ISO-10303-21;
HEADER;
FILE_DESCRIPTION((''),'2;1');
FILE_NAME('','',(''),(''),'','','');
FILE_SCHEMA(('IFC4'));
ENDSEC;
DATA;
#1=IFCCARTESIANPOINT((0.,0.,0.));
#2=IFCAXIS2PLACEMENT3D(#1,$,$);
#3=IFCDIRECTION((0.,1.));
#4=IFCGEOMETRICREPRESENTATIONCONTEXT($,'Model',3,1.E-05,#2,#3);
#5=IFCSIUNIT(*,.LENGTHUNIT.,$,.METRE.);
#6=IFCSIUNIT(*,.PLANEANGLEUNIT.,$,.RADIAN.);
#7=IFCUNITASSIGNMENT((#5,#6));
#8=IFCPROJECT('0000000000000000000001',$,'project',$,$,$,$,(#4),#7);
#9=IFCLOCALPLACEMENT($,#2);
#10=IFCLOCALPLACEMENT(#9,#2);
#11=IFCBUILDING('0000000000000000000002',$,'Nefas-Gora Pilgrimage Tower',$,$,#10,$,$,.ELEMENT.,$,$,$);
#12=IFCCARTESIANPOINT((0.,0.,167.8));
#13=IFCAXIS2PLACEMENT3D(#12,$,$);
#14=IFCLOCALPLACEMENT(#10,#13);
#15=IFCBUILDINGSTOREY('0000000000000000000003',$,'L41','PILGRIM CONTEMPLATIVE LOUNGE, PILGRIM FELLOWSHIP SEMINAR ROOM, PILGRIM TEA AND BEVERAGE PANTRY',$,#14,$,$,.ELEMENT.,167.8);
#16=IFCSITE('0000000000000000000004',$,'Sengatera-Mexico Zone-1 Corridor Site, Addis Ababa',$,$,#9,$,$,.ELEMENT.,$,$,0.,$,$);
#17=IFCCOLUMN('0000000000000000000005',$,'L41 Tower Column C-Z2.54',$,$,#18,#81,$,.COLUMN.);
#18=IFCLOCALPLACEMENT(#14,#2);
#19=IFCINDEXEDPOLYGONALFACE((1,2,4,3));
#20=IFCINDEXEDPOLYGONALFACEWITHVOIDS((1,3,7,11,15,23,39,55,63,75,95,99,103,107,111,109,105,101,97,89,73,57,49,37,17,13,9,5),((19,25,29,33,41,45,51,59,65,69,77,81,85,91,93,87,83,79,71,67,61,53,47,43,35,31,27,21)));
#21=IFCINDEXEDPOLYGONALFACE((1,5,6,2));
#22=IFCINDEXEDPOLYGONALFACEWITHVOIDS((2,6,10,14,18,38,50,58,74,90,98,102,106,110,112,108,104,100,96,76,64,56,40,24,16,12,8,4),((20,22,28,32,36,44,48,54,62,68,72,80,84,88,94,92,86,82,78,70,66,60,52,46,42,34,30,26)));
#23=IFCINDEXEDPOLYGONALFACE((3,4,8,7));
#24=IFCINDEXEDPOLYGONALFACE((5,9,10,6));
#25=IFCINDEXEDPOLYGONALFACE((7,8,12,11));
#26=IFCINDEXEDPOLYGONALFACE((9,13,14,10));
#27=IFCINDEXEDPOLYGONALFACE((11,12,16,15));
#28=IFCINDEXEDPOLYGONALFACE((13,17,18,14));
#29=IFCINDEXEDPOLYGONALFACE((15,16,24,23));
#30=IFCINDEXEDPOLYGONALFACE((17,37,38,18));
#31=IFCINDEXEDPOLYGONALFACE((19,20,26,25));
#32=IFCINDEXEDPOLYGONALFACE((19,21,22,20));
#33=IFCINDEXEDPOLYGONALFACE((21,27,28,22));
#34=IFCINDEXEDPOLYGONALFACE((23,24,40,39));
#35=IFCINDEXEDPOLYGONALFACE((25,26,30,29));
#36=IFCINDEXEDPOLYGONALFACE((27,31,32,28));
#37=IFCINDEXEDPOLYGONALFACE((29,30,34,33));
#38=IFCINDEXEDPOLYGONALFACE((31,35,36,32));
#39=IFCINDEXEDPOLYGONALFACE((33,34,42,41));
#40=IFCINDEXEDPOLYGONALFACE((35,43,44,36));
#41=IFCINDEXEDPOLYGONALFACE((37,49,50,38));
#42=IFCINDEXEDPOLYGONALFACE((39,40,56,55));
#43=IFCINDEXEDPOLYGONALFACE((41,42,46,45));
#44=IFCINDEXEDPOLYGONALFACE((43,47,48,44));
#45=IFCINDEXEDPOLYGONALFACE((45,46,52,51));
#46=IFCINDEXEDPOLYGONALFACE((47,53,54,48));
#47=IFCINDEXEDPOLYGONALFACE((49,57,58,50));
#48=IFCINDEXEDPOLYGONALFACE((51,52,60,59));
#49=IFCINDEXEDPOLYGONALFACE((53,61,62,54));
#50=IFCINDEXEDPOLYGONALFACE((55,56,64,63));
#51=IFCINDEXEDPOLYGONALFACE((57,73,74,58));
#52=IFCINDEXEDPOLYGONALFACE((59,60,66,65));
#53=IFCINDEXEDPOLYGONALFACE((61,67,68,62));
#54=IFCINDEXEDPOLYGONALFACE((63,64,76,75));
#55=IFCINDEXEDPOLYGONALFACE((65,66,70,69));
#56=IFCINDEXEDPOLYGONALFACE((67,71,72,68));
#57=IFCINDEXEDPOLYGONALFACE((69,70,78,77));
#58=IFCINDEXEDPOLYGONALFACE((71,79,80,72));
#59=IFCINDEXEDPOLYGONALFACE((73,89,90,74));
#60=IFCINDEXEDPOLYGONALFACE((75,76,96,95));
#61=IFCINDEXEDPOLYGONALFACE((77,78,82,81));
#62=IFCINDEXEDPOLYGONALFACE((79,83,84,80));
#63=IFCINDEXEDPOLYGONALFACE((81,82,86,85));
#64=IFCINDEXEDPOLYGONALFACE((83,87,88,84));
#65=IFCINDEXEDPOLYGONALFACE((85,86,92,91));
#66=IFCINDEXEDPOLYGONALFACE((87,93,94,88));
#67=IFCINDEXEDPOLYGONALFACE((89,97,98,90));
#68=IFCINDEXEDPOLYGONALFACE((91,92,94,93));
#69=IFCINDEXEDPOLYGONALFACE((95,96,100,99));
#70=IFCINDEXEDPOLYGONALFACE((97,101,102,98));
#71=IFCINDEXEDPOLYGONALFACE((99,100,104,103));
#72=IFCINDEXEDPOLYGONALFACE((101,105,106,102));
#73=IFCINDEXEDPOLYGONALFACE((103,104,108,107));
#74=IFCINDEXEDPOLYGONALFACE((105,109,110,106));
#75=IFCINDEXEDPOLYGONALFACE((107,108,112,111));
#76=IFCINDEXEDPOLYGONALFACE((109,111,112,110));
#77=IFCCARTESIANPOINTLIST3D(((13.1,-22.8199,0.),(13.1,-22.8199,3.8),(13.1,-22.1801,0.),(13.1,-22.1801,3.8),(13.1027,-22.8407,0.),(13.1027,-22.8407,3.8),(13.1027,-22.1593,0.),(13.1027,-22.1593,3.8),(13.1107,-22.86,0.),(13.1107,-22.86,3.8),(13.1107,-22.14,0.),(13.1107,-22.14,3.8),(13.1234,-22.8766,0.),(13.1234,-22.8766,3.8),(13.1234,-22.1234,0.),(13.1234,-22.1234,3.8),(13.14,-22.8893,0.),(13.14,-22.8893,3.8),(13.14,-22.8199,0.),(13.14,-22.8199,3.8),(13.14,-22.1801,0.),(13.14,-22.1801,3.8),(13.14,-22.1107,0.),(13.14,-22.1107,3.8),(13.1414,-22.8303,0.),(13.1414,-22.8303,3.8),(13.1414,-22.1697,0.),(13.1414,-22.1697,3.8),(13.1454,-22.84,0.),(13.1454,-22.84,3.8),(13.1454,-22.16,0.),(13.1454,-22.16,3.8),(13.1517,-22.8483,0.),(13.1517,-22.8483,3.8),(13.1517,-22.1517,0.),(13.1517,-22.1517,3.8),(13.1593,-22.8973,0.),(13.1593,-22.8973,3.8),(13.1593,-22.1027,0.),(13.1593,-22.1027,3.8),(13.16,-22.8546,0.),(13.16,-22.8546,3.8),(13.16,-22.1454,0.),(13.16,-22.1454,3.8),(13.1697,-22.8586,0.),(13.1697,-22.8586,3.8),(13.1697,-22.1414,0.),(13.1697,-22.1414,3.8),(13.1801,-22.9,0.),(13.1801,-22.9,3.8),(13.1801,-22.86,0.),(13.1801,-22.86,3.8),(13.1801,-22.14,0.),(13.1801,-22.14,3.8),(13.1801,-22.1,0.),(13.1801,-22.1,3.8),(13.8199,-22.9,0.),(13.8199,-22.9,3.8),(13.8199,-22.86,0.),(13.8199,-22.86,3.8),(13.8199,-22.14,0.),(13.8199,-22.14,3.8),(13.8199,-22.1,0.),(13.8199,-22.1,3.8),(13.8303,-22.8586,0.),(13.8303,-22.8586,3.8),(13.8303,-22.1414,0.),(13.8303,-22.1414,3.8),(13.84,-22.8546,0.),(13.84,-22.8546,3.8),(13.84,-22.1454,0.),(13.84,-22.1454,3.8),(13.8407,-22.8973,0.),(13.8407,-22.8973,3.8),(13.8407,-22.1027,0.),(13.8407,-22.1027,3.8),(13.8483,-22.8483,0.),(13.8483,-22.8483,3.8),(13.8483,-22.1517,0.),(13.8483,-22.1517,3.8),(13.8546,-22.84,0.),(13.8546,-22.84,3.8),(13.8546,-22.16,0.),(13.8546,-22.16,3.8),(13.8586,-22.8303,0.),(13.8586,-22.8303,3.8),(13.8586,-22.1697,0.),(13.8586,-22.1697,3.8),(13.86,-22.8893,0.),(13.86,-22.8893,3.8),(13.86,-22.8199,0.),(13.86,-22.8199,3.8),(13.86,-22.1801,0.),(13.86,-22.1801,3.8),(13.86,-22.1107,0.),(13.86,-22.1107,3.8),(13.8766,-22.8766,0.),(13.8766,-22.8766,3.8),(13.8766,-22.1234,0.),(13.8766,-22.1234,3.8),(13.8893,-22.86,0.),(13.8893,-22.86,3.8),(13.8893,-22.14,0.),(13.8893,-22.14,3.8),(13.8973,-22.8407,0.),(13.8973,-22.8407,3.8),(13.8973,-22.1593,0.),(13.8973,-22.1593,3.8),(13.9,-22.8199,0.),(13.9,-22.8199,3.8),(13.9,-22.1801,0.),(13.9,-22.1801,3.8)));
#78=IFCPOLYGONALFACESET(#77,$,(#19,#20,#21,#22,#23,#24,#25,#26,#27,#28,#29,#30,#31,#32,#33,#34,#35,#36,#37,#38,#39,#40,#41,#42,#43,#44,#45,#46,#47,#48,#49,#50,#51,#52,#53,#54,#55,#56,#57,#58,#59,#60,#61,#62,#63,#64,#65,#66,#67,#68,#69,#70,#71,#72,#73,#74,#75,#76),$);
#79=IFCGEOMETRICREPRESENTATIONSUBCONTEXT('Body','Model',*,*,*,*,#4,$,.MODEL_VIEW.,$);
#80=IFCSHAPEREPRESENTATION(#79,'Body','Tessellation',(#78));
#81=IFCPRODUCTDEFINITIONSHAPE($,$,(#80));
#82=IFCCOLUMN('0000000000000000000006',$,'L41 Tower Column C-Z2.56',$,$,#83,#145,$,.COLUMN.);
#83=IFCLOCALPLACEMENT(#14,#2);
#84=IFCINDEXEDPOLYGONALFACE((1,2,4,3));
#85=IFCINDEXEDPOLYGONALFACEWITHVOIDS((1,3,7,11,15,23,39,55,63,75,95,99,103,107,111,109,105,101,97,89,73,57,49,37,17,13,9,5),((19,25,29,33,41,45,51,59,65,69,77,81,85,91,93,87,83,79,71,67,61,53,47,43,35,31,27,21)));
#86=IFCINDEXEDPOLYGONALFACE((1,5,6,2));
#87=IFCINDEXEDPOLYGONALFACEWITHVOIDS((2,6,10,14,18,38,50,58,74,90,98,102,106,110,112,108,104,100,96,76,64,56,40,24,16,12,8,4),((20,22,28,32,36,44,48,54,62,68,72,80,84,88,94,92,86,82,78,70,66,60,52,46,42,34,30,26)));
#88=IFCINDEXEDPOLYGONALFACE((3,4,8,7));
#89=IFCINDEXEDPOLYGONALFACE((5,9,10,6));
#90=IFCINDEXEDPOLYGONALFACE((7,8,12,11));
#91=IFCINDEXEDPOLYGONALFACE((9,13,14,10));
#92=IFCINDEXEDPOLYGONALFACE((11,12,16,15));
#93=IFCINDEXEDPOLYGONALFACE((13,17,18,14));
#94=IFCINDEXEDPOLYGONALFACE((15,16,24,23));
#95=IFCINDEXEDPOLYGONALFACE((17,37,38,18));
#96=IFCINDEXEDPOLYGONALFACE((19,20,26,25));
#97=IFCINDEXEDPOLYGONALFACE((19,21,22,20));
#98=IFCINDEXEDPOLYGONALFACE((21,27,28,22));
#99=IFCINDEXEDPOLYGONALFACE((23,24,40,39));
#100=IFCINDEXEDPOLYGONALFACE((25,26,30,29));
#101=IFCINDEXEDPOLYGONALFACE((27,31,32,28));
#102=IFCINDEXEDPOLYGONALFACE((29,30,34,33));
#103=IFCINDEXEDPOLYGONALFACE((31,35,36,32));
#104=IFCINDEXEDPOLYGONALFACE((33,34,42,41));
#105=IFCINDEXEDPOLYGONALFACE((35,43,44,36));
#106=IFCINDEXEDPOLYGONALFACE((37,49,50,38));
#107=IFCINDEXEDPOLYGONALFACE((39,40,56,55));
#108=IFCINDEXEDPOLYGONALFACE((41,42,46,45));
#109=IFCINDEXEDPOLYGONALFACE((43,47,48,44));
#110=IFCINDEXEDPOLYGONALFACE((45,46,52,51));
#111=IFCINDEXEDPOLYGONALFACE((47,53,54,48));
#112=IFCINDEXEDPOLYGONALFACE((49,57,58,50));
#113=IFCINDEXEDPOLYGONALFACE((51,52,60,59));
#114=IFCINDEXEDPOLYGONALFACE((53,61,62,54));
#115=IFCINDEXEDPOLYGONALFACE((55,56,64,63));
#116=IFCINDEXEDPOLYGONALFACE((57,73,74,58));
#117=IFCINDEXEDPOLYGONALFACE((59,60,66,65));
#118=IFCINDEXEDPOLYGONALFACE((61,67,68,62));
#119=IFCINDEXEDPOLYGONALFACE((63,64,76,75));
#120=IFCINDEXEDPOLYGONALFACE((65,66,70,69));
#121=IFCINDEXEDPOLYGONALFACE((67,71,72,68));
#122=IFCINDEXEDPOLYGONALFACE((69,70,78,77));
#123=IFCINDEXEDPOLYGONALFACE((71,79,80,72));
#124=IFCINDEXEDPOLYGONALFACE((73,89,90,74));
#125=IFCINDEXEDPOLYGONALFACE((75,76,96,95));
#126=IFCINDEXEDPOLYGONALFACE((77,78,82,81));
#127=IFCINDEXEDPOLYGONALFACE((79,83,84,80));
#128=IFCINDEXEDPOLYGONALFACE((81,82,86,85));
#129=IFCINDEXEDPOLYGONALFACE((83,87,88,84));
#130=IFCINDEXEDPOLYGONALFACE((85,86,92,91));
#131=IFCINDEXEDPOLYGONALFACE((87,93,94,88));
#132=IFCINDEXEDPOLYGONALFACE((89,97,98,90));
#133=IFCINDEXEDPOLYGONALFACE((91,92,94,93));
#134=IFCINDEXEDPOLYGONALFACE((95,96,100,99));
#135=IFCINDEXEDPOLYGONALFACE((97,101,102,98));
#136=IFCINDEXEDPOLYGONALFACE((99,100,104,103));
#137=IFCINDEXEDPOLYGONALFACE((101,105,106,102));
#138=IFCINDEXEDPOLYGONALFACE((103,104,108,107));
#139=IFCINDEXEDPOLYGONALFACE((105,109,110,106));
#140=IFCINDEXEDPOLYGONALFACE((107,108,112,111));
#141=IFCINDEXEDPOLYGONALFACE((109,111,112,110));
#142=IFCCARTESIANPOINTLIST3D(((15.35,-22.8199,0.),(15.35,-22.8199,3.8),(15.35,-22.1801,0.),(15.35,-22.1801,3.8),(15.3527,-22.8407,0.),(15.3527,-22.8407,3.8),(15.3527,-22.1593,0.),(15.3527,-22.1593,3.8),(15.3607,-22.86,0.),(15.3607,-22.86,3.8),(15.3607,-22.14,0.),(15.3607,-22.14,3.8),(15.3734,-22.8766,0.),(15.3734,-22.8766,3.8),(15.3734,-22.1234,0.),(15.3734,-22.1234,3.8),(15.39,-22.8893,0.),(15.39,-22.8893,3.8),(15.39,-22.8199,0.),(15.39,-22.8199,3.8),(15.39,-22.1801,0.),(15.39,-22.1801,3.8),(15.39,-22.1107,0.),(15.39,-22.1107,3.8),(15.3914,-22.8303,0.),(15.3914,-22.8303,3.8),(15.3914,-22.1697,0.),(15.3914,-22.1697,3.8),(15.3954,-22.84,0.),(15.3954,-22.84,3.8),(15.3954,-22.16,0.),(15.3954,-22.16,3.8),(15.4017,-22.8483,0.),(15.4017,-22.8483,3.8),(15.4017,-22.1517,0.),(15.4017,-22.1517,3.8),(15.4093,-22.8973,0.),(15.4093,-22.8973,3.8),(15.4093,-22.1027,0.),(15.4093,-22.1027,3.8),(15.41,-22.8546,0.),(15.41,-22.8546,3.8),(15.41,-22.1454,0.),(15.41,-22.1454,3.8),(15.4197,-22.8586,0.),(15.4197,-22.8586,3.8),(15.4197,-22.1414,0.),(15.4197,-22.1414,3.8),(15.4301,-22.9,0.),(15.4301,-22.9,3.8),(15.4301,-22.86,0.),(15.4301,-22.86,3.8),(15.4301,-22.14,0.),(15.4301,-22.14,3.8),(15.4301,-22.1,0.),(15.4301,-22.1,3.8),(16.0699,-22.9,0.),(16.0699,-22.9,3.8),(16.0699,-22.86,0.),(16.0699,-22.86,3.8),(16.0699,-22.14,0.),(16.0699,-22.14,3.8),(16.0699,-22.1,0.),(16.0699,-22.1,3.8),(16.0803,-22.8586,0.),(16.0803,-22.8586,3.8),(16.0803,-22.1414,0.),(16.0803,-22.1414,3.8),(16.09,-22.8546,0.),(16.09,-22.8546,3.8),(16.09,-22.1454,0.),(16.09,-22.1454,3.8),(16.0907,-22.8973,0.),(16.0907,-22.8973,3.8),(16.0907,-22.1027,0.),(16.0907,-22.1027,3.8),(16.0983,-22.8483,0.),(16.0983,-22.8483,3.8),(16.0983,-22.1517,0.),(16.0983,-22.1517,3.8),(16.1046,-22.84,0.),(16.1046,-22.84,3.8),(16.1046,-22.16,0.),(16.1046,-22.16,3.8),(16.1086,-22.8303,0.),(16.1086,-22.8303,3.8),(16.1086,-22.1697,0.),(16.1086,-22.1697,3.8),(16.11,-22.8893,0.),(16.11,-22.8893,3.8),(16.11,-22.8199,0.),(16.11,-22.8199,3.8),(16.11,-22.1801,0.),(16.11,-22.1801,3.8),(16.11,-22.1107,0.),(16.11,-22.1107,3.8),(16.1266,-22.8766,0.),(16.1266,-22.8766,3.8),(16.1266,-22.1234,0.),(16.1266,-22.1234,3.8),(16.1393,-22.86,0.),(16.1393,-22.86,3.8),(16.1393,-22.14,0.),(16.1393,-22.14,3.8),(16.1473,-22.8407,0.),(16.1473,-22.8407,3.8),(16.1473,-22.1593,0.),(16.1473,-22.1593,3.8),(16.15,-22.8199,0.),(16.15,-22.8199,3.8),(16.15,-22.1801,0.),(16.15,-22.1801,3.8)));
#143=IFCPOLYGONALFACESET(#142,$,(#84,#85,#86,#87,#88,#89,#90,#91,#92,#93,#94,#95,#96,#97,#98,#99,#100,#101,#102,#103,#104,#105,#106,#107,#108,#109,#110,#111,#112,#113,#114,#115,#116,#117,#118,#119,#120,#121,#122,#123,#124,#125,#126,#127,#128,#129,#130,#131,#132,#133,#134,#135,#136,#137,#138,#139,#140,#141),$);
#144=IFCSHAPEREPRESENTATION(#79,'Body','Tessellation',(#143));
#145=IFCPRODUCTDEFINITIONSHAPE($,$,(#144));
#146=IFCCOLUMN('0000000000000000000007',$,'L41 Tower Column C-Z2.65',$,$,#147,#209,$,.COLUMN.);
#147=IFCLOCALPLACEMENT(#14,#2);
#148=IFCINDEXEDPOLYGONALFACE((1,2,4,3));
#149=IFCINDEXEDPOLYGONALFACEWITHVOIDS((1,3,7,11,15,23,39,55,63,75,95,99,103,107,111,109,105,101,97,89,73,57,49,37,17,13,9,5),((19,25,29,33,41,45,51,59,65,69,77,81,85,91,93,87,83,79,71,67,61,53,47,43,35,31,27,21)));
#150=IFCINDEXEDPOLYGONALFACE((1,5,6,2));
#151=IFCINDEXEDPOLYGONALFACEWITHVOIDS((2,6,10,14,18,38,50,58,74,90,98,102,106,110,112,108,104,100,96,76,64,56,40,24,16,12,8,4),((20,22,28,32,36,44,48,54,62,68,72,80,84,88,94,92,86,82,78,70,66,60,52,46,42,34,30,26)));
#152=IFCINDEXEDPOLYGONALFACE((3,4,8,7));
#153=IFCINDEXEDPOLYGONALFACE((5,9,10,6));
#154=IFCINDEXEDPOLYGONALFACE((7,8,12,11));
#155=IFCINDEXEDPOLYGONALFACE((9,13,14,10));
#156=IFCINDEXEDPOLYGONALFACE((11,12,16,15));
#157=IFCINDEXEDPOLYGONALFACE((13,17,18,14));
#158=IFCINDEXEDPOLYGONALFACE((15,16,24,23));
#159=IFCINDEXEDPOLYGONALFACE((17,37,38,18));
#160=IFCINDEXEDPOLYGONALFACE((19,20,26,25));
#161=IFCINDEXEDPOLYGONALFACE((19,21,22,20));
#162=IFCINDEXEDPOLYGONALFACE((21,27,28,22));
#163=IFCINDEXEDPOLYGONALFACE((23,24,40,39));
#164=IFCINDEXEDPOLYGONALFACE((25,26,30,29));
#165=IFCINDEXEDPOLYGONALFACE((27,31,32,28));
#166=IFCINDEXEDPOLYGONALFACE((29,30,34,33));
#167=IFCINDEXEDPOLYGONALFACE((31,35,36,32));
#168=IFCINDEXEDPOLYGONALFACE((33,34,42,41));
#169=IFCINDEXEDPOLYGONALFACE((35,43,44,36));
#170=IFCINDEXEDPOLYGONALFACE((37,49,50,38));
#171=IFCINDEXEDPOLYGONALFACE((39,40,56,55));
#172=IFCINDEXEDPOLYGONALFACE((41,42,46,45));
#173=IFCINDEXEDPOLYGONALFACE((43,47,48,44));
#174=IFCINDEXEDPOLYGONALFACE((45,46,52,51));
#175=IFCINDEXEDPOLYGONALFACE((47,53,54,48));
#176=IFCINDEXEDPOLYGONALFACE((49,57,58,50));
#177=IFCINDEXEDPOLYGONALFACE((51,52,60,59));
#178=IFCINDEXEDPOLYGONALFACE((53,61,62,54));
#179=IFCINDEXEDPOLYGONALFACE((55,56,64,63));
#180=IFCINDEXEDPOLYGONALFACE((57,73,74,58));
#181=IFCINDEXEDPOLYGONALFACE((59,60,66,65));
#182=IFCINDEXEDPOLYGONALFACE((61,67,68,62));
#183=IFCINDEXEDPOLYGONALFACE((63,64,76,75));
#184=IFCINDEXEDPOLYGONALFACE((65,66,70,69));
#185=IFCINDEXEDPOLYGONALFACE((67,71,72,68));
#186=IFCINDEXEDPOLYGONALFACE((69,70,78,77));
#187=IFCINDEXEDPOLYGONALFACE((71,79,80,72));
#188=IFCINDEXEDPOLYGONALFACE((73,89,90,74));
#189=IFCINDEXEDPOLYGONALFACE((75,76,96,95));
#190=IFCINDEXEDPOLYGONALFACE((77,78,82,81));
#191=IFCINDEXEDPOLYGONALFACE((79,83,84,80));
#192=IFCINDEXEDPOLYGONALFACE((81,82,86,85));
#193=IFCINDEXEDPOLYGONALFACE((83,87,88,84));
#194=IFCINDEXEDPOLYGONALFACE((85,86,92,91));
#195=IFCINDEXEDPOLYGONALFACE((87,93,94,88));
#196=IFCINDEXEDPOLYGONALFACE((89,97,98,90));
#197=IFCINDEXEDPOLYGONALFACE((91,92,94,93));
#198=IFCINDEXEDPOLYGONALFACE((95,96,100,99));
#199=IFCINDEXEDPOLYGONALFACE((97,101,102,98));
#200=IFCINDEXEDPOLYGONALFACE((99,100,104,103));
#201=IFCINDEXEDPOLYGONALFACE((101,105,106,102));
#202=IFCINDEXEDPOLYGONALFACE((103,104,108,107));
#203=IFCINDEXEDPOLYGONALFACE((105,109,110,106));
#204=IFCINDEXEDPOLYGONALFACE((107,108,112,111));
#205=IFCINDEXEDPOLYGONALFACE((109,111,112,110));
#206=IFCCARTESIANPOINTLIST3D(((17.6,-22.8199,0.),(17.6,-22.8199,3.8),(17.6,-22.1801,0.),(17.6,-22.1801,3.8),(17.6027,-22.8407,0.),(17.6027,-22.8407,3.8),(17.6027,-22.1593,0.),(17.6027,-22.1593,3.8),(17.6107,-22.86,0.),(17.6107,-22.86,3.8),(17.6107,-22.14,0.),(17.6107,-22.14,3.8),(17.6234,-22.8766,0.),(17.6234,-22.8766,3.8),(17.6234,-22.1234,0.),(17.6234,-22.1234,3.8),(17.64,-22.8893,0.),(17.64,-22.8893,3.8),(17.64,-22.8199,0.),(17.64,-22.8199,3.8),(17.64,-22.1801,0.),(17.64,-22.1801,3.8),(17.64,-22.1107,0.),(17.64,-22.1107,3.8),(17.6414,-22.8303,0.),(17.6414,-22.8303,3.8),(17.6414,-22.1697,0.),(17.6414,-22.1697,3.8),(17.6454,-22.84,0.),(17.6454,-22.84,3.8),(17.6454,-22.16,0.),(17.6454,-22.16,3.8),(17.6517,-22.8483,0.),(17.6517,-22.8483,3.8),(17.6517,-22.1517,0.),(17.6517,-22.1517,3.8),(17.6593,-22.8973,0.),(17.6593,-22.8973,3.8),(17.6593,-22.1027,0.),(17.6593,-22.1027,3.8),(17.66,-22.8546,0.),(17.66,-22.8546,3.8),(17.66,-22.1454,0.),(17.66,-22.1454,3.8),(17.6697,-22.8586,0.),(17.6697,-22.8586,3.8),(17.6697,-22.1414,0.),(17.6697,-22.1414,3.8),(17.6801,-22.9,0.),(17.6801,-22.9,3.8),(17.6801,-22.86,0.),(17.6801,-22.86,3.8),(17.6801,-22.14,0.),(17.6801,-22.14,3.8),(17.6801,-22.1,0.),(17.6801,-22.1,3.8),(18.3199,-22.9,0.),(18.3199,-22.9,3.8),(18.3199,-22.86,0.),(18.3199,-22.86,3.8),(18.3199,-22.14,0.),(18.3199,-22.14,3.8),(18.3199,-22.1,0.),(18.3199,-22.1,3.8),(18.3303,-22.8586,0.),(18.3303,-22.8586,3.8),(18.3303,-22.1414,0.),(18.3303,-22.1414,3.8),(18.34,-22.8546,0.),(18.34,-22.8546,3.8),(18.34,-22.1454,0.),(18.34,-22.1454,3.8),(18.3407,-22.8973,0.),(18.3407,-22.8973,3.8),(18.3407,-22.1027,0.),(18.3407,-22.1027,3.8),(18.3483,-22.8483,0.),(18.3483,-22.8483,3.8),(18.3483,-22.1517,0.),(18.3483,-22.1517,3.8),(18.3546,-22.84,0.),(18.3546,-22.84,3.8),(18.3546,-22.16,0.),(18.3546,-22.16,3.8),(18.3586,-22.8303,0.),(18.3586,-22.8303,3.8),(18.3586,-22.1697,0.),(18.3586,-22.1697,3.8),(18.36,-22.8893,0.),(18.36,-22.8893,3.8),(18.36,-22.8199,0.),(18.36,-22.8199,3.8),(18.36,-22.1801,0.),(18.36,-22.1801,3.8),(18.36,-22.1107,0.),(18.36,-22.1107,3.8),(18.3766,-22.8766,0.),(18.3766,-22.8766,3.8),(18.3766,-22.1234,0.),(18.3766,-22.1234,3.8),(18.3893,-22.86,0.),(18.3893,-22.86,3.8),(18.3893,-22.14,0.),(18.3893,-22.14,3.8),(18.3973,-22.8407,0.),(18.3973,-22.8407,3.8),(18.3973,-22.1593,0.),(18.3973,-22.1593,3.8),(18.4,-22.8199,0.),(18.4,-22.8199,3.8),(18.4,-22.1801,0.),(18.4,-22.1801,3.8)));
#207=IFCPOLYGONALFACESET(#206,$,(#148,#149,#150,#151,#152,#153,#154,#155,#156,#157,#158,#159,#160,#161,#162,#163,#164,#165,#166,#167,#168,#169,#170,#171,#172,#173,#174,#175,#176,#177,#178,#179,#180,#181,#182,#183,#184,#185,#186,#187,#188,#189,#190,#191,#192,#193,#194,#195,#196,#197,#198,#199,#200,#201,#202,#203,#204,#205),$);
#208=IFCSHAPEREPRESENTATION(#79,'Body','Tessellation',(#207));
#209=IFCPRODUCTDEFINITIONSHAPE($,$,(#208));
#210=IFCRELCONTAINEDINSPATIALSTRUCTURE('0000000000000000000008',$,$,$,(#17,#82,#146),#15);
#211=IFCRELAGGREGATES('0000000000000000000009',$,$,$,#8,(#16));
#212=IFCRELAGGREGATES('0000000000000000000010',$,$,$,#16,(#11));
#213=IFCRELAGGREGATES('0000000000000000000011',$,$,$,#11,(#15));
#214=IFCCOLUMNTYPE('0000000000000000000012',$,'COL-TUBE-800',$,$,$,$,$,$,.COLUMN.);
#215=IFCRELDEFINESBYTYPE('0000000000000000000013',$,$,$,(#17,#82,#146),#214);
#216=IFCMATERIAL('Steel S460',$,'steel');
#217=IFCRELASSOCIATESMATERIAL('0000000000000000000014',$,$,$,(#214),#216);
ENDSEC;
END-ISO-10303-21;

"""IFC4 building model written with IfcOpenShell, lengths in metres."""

from ifc_helpers import new_model, si_unit, direction, frame, origin, origin_2d, place, context, subcontext, project, spatial, hollow_rectangle, extrude, source, transform, mapped, material, material_profile, profile_set, type_object, element, save


model = new_model("IFC4")

# Units and contexts
model_context = context("Model", 3, precision=1e-05, world=origin(), true_north=direction((0.0, 1.0)))
body_context = subcontext(model_context, "Body", "Model", "MODEL_VIEW")
ifc_project = project(units=[si_unit("LENGTHUNIT", "METRE"), si_unit("PLANEANGLEUNIT", "RADIAN")], contexts=[model_context])

# Site, building, storey
site_placement = place(None, origin())
site = spatial("IfcSite", under=ifc_project, at=site_placement, Name="Sengatera-Mexico Zone-1 Corridor Site, Addis Ababa", CompositionType="ELEMENT", RefElevation=0.0)
building_placement = place(site_placement, origin())
building = spatial("IfcBuilding", under=site, at=building_placement, Name="Nefas-Gora Pilgrimage Tower", CompositionType="ELEMENT")
storey_placement = place(building_placement, frame((0.0, 0.0, 167.8)))
storey = spatial("IfcBuildingStorey", under=building, at=storey_placement, Name="L41", Description="PILGRIM CONTEMPLATIVE LOUNGE, PILGRIM FELLOWSHIP SEMINAR ROOM, PILGRIM TEA AND BEVERAGE PANTRY", CompositionType="ELEMENT", Elevation=167.8)

# Columns
ifc_material_1 = material(Name="Steel S460", Category="steel")
ifc_material_profile_1 = material_profile(ifc_material_1, hollow_rectangle(XDim=0.8, YDim=0.8, WallThickness=0.04, InnerFilletRadius=0.04, OuterFilletRadius=0.0801, at=origin_2d()), Name="BOX 800x800x40")
ifc_profile_set_1 = profile_set([ifc_material_profile_1], Name="Steel S460")
column_type_1 = type_object("IfcColumnType", Name="COL-TUBE-800", PredefinedType="COLUMN", material=ifc_profile_set_1)
shared_shape_1 = source(origin(), body_context, "Body", "SweptSolid", [
    extrude(hollow_rectangle(XDim=0.8, YDim=0.8, WallThickness=0.04, InnerFilletRadius=0.04, OuterFilletRadius=0.0801, at=origin_2d()), origin(), (0.0, 0.0, 1.0), 3.8),
])
for number, where, z_axis, x_axis, name in (
    (1, (13.5, -22.5, 0.0), (0.0, 0.0, 1.0), (1.0, 0.0, 0.0), "L41 Tower Column C-Z2.54"),
    (2, (15.75, -22.5, 0.0), (0.0, 0.0, 1.0), (1.0, 0.0, 0.0), "L41 Tower Column C-Z2.56"),
    (3, (18.0, -22.5, 0.0), (0.0, 0.0, 1.0), (1.0, 0.0, 0.0), "L41 Tower Column C-Z2.65"),
):
    element("IfcColumn", number, at=place(storey_placement, frame(where, z_axis=z_axis, x_axis=x_axis)), inside=storey, type_object=column_type_1, Name=name, PredefinedType="COLUMN", context=body_context, shape_type="MappedRepresentation", body=[
        mapped(shared_shape_1, transform((0.0, 0.0, 0.0), x_axis=(1.0, 0.0, 0.0), y_axis=(0.0, 1.0, 0.0), z_axis=(0.0, 0.0, 1.0), scale=1.0)),
    ])

save(model, "model.ifc")
